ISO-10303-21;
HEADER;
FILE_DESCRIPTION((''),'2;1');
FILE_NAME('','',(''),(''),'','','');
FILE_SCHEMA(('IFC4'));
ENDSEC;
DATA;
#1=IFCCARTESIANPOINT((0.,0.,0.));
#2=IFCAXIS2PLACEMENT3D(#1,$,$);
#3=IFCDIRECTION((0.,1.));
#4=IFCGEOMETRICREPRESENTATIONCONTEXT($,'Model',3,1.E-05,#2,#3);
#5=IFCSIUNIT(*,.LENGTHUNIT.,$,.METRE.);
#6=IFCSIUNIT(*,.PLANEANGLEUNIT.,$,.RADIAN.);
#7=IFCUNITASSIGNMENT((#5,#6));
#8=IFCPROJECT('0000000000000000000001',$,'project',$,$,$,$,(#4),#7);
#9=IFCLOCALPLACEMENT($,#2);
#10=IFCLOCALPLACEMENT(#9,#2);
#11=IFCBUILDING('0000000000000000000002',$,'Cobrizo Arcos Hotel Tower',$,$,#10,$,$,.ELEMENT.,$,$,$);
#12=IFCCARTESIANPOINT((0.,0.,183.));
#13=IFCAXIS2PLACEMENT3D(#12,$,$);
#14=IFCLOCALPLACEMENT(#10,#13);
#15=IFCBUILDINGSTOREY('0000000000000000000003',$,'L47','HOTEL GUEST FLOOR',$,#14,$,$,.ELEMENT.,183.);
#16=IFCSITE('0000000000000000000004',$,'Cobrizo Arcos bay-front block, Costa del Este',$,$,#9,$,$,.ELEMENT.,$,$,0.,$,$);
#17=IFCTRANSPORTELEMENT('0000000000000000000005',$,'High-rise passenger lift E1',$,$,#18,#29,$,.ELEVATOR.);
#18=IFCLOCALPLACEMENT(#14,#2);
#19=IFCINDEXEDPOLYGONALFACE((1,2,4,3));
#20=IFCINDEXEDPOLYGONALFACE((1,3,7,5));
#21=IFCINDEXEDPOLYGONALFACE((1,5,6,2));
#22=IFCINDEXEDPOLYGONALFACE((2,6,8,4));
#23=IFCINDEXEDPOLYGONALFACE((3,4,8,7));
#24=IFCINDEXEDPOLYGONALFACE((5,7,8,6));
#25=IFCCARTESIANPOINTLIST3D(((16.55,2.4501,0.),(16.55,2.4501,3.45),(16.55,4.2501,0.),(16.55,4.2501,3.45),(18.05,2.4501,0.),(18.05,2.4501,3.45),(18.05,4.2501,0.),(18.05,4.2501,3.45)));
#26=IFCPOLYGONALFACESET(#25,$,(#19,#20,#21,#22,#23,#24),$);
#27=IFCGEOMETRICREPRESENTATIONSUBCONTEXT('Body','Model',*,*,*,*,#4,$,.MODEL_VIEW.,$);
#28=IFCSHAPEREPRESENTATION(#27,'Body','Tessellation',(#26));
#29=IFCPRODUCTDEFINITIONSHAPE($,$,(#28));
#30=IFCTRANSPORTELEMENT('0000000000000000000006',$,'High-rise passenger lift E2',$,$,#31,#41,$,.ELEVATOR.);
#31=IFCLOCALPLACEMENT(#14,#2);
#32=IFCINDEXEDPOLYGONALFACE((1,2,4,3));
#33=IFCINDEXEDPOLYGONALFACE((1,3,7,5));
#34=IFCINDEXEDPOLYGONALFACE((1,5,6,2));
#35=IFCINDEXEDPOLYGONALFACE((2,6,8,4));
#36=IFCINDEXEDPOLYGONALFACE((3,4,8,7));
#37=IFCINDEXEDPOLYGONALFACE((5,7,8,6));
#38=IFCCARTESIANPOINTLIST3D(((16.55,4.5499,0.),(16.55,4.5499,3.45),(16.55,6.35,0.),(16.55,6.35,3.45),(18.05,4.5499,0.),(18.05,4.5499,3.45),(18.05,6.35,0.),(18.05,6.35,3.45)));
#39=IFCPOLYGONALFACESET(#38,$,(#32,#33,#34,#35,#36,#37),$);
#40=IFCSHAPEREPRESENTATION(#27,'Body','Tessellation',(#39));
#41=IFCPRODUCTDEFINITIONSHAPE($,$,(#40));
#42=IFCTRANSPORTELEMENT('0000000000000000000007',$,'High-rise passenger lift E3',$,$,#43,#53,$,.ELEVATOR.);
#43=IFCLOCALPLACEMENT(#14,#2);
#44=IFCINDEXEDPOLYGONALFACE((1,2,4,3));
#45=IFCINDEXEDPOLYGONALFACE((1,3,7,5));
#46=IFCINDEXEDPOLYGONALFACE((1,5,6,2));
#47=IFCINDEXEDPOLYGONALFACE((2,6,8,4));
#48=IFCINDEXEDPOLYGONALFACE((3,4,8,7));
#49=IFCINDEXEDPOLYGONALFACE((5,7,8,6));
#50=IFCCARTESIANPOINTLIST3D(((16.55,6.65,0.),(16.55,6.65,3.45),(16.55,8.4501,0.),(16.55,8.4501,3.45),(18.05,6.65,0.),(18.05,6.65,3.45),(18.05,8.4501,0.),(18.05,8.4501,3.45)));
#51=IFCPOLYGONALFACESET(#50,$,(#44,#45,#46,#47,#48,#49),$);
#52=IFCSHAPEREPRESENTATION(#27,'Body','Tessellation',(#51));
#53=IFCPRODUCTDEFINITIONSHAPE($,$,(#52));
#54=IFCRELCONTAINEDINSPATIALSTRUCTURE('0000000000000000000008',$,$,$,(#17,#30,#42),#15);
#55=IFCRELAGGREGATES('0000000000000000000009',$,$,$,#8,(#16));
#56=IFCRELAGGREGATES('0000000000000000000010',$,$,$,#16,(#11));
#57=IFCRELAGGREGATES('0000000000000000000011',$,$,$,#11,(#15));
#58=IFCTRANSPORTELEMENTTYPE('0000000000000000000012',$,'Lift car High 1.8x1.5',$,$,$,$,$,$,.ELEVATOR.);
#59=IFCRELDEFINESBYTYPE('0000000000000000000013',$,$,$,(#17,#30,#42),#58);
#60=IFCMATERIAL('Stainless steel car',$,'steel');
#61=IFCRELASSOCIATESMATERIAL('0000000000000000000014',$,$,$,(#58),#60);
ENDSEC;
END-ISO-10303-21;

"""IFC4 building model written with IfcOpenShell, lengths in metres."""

from ifc_helpers import new_model, si_unit, direction, frame, origin, origin_2d, place, context, subcontext, project, spatial, rectangle, extrude, material, type_object, element, save


model = new_model("IFC4")

# Units and contexts
model_context = context("Model", 3, precision=1e-05, world=origin(), true_north=direction((0.0, 1.0)))
body_context = subcontext(model_context, "Body", "Model", "MODEL_VIEW")
ifc_project = project(units=[si_unit("LENGTHUNIT", "METRE"), si_unit("PLANEANGLEUNIT", "RADIAN")], contexts=[model_context])

# Site, building, storey
site_placement = place(None, origin())
site = spatial("IfcSite", under=ifc_project, at=site_placement, Name="Cobrizo Arcos bay-front block, Costa del Este", CompositionType="ELEMENT", RefElevation=0.0)
building_placement = place(site_placement, origin())
building = spatial("IfcBuilding", under=site, at=building_placement, Name="Cobrizo Arcos Hotel Tower", CompositionType="ELEMENT")
storey_placement = place(building_placement, frame((0.0, 0.0, 183.0)))
storey = spatial("IfcBuildingStorey", under=building, at=storey_placement, Name="L47", Description="HOTEL GUEST FLOOR", CompositionType="ELEMENT", Elevation=183.0)

# Transport elements
ifc_material_1 = material(Name="Stainless steel car", Category="steel")
transport_element_type = type_object("IfcTransportElementType", Name="Lift car High 1.8x1.5", PredefinedType="ELEVATOR", material=ifc_material_1)
for number, where, z_axis, x_axis, name in (
    (1, (17.3, 3.3501, 0.0), (0.0, 0.0, 1.0), (1.0, 0.0, 0.0), "High-rise passenger lift E1"),
    (2, (17.3, 5.45, 0.0), (0.0, 0.0, 1.0), (1.0, 0.0, 0.0), "High-rise passenger lift E2"),
    (3, (17.3, 7.55, 0.0), (0.0, 0.0, 1.0), (1.0, 0.0, 0.0), "High-rise passenger lift E3"),
):
    element("IfcTransportElement", number, at=place(storey_placement, frame(where, z_axis=z_axis, x_axis=x_axis)), inside=storey, type_object=transport_element_type, Name=name, PredefinedType="ELEVATOR", context=body_context, shape_type="SweptSolid", body=[
        extrude(rectangle(XDim=1.5, YDim=1.8, at=origin_2d()), origin(), (0.0, 0.0, 1.0), 3.45),
    ])

save(model, "model.ifc")
